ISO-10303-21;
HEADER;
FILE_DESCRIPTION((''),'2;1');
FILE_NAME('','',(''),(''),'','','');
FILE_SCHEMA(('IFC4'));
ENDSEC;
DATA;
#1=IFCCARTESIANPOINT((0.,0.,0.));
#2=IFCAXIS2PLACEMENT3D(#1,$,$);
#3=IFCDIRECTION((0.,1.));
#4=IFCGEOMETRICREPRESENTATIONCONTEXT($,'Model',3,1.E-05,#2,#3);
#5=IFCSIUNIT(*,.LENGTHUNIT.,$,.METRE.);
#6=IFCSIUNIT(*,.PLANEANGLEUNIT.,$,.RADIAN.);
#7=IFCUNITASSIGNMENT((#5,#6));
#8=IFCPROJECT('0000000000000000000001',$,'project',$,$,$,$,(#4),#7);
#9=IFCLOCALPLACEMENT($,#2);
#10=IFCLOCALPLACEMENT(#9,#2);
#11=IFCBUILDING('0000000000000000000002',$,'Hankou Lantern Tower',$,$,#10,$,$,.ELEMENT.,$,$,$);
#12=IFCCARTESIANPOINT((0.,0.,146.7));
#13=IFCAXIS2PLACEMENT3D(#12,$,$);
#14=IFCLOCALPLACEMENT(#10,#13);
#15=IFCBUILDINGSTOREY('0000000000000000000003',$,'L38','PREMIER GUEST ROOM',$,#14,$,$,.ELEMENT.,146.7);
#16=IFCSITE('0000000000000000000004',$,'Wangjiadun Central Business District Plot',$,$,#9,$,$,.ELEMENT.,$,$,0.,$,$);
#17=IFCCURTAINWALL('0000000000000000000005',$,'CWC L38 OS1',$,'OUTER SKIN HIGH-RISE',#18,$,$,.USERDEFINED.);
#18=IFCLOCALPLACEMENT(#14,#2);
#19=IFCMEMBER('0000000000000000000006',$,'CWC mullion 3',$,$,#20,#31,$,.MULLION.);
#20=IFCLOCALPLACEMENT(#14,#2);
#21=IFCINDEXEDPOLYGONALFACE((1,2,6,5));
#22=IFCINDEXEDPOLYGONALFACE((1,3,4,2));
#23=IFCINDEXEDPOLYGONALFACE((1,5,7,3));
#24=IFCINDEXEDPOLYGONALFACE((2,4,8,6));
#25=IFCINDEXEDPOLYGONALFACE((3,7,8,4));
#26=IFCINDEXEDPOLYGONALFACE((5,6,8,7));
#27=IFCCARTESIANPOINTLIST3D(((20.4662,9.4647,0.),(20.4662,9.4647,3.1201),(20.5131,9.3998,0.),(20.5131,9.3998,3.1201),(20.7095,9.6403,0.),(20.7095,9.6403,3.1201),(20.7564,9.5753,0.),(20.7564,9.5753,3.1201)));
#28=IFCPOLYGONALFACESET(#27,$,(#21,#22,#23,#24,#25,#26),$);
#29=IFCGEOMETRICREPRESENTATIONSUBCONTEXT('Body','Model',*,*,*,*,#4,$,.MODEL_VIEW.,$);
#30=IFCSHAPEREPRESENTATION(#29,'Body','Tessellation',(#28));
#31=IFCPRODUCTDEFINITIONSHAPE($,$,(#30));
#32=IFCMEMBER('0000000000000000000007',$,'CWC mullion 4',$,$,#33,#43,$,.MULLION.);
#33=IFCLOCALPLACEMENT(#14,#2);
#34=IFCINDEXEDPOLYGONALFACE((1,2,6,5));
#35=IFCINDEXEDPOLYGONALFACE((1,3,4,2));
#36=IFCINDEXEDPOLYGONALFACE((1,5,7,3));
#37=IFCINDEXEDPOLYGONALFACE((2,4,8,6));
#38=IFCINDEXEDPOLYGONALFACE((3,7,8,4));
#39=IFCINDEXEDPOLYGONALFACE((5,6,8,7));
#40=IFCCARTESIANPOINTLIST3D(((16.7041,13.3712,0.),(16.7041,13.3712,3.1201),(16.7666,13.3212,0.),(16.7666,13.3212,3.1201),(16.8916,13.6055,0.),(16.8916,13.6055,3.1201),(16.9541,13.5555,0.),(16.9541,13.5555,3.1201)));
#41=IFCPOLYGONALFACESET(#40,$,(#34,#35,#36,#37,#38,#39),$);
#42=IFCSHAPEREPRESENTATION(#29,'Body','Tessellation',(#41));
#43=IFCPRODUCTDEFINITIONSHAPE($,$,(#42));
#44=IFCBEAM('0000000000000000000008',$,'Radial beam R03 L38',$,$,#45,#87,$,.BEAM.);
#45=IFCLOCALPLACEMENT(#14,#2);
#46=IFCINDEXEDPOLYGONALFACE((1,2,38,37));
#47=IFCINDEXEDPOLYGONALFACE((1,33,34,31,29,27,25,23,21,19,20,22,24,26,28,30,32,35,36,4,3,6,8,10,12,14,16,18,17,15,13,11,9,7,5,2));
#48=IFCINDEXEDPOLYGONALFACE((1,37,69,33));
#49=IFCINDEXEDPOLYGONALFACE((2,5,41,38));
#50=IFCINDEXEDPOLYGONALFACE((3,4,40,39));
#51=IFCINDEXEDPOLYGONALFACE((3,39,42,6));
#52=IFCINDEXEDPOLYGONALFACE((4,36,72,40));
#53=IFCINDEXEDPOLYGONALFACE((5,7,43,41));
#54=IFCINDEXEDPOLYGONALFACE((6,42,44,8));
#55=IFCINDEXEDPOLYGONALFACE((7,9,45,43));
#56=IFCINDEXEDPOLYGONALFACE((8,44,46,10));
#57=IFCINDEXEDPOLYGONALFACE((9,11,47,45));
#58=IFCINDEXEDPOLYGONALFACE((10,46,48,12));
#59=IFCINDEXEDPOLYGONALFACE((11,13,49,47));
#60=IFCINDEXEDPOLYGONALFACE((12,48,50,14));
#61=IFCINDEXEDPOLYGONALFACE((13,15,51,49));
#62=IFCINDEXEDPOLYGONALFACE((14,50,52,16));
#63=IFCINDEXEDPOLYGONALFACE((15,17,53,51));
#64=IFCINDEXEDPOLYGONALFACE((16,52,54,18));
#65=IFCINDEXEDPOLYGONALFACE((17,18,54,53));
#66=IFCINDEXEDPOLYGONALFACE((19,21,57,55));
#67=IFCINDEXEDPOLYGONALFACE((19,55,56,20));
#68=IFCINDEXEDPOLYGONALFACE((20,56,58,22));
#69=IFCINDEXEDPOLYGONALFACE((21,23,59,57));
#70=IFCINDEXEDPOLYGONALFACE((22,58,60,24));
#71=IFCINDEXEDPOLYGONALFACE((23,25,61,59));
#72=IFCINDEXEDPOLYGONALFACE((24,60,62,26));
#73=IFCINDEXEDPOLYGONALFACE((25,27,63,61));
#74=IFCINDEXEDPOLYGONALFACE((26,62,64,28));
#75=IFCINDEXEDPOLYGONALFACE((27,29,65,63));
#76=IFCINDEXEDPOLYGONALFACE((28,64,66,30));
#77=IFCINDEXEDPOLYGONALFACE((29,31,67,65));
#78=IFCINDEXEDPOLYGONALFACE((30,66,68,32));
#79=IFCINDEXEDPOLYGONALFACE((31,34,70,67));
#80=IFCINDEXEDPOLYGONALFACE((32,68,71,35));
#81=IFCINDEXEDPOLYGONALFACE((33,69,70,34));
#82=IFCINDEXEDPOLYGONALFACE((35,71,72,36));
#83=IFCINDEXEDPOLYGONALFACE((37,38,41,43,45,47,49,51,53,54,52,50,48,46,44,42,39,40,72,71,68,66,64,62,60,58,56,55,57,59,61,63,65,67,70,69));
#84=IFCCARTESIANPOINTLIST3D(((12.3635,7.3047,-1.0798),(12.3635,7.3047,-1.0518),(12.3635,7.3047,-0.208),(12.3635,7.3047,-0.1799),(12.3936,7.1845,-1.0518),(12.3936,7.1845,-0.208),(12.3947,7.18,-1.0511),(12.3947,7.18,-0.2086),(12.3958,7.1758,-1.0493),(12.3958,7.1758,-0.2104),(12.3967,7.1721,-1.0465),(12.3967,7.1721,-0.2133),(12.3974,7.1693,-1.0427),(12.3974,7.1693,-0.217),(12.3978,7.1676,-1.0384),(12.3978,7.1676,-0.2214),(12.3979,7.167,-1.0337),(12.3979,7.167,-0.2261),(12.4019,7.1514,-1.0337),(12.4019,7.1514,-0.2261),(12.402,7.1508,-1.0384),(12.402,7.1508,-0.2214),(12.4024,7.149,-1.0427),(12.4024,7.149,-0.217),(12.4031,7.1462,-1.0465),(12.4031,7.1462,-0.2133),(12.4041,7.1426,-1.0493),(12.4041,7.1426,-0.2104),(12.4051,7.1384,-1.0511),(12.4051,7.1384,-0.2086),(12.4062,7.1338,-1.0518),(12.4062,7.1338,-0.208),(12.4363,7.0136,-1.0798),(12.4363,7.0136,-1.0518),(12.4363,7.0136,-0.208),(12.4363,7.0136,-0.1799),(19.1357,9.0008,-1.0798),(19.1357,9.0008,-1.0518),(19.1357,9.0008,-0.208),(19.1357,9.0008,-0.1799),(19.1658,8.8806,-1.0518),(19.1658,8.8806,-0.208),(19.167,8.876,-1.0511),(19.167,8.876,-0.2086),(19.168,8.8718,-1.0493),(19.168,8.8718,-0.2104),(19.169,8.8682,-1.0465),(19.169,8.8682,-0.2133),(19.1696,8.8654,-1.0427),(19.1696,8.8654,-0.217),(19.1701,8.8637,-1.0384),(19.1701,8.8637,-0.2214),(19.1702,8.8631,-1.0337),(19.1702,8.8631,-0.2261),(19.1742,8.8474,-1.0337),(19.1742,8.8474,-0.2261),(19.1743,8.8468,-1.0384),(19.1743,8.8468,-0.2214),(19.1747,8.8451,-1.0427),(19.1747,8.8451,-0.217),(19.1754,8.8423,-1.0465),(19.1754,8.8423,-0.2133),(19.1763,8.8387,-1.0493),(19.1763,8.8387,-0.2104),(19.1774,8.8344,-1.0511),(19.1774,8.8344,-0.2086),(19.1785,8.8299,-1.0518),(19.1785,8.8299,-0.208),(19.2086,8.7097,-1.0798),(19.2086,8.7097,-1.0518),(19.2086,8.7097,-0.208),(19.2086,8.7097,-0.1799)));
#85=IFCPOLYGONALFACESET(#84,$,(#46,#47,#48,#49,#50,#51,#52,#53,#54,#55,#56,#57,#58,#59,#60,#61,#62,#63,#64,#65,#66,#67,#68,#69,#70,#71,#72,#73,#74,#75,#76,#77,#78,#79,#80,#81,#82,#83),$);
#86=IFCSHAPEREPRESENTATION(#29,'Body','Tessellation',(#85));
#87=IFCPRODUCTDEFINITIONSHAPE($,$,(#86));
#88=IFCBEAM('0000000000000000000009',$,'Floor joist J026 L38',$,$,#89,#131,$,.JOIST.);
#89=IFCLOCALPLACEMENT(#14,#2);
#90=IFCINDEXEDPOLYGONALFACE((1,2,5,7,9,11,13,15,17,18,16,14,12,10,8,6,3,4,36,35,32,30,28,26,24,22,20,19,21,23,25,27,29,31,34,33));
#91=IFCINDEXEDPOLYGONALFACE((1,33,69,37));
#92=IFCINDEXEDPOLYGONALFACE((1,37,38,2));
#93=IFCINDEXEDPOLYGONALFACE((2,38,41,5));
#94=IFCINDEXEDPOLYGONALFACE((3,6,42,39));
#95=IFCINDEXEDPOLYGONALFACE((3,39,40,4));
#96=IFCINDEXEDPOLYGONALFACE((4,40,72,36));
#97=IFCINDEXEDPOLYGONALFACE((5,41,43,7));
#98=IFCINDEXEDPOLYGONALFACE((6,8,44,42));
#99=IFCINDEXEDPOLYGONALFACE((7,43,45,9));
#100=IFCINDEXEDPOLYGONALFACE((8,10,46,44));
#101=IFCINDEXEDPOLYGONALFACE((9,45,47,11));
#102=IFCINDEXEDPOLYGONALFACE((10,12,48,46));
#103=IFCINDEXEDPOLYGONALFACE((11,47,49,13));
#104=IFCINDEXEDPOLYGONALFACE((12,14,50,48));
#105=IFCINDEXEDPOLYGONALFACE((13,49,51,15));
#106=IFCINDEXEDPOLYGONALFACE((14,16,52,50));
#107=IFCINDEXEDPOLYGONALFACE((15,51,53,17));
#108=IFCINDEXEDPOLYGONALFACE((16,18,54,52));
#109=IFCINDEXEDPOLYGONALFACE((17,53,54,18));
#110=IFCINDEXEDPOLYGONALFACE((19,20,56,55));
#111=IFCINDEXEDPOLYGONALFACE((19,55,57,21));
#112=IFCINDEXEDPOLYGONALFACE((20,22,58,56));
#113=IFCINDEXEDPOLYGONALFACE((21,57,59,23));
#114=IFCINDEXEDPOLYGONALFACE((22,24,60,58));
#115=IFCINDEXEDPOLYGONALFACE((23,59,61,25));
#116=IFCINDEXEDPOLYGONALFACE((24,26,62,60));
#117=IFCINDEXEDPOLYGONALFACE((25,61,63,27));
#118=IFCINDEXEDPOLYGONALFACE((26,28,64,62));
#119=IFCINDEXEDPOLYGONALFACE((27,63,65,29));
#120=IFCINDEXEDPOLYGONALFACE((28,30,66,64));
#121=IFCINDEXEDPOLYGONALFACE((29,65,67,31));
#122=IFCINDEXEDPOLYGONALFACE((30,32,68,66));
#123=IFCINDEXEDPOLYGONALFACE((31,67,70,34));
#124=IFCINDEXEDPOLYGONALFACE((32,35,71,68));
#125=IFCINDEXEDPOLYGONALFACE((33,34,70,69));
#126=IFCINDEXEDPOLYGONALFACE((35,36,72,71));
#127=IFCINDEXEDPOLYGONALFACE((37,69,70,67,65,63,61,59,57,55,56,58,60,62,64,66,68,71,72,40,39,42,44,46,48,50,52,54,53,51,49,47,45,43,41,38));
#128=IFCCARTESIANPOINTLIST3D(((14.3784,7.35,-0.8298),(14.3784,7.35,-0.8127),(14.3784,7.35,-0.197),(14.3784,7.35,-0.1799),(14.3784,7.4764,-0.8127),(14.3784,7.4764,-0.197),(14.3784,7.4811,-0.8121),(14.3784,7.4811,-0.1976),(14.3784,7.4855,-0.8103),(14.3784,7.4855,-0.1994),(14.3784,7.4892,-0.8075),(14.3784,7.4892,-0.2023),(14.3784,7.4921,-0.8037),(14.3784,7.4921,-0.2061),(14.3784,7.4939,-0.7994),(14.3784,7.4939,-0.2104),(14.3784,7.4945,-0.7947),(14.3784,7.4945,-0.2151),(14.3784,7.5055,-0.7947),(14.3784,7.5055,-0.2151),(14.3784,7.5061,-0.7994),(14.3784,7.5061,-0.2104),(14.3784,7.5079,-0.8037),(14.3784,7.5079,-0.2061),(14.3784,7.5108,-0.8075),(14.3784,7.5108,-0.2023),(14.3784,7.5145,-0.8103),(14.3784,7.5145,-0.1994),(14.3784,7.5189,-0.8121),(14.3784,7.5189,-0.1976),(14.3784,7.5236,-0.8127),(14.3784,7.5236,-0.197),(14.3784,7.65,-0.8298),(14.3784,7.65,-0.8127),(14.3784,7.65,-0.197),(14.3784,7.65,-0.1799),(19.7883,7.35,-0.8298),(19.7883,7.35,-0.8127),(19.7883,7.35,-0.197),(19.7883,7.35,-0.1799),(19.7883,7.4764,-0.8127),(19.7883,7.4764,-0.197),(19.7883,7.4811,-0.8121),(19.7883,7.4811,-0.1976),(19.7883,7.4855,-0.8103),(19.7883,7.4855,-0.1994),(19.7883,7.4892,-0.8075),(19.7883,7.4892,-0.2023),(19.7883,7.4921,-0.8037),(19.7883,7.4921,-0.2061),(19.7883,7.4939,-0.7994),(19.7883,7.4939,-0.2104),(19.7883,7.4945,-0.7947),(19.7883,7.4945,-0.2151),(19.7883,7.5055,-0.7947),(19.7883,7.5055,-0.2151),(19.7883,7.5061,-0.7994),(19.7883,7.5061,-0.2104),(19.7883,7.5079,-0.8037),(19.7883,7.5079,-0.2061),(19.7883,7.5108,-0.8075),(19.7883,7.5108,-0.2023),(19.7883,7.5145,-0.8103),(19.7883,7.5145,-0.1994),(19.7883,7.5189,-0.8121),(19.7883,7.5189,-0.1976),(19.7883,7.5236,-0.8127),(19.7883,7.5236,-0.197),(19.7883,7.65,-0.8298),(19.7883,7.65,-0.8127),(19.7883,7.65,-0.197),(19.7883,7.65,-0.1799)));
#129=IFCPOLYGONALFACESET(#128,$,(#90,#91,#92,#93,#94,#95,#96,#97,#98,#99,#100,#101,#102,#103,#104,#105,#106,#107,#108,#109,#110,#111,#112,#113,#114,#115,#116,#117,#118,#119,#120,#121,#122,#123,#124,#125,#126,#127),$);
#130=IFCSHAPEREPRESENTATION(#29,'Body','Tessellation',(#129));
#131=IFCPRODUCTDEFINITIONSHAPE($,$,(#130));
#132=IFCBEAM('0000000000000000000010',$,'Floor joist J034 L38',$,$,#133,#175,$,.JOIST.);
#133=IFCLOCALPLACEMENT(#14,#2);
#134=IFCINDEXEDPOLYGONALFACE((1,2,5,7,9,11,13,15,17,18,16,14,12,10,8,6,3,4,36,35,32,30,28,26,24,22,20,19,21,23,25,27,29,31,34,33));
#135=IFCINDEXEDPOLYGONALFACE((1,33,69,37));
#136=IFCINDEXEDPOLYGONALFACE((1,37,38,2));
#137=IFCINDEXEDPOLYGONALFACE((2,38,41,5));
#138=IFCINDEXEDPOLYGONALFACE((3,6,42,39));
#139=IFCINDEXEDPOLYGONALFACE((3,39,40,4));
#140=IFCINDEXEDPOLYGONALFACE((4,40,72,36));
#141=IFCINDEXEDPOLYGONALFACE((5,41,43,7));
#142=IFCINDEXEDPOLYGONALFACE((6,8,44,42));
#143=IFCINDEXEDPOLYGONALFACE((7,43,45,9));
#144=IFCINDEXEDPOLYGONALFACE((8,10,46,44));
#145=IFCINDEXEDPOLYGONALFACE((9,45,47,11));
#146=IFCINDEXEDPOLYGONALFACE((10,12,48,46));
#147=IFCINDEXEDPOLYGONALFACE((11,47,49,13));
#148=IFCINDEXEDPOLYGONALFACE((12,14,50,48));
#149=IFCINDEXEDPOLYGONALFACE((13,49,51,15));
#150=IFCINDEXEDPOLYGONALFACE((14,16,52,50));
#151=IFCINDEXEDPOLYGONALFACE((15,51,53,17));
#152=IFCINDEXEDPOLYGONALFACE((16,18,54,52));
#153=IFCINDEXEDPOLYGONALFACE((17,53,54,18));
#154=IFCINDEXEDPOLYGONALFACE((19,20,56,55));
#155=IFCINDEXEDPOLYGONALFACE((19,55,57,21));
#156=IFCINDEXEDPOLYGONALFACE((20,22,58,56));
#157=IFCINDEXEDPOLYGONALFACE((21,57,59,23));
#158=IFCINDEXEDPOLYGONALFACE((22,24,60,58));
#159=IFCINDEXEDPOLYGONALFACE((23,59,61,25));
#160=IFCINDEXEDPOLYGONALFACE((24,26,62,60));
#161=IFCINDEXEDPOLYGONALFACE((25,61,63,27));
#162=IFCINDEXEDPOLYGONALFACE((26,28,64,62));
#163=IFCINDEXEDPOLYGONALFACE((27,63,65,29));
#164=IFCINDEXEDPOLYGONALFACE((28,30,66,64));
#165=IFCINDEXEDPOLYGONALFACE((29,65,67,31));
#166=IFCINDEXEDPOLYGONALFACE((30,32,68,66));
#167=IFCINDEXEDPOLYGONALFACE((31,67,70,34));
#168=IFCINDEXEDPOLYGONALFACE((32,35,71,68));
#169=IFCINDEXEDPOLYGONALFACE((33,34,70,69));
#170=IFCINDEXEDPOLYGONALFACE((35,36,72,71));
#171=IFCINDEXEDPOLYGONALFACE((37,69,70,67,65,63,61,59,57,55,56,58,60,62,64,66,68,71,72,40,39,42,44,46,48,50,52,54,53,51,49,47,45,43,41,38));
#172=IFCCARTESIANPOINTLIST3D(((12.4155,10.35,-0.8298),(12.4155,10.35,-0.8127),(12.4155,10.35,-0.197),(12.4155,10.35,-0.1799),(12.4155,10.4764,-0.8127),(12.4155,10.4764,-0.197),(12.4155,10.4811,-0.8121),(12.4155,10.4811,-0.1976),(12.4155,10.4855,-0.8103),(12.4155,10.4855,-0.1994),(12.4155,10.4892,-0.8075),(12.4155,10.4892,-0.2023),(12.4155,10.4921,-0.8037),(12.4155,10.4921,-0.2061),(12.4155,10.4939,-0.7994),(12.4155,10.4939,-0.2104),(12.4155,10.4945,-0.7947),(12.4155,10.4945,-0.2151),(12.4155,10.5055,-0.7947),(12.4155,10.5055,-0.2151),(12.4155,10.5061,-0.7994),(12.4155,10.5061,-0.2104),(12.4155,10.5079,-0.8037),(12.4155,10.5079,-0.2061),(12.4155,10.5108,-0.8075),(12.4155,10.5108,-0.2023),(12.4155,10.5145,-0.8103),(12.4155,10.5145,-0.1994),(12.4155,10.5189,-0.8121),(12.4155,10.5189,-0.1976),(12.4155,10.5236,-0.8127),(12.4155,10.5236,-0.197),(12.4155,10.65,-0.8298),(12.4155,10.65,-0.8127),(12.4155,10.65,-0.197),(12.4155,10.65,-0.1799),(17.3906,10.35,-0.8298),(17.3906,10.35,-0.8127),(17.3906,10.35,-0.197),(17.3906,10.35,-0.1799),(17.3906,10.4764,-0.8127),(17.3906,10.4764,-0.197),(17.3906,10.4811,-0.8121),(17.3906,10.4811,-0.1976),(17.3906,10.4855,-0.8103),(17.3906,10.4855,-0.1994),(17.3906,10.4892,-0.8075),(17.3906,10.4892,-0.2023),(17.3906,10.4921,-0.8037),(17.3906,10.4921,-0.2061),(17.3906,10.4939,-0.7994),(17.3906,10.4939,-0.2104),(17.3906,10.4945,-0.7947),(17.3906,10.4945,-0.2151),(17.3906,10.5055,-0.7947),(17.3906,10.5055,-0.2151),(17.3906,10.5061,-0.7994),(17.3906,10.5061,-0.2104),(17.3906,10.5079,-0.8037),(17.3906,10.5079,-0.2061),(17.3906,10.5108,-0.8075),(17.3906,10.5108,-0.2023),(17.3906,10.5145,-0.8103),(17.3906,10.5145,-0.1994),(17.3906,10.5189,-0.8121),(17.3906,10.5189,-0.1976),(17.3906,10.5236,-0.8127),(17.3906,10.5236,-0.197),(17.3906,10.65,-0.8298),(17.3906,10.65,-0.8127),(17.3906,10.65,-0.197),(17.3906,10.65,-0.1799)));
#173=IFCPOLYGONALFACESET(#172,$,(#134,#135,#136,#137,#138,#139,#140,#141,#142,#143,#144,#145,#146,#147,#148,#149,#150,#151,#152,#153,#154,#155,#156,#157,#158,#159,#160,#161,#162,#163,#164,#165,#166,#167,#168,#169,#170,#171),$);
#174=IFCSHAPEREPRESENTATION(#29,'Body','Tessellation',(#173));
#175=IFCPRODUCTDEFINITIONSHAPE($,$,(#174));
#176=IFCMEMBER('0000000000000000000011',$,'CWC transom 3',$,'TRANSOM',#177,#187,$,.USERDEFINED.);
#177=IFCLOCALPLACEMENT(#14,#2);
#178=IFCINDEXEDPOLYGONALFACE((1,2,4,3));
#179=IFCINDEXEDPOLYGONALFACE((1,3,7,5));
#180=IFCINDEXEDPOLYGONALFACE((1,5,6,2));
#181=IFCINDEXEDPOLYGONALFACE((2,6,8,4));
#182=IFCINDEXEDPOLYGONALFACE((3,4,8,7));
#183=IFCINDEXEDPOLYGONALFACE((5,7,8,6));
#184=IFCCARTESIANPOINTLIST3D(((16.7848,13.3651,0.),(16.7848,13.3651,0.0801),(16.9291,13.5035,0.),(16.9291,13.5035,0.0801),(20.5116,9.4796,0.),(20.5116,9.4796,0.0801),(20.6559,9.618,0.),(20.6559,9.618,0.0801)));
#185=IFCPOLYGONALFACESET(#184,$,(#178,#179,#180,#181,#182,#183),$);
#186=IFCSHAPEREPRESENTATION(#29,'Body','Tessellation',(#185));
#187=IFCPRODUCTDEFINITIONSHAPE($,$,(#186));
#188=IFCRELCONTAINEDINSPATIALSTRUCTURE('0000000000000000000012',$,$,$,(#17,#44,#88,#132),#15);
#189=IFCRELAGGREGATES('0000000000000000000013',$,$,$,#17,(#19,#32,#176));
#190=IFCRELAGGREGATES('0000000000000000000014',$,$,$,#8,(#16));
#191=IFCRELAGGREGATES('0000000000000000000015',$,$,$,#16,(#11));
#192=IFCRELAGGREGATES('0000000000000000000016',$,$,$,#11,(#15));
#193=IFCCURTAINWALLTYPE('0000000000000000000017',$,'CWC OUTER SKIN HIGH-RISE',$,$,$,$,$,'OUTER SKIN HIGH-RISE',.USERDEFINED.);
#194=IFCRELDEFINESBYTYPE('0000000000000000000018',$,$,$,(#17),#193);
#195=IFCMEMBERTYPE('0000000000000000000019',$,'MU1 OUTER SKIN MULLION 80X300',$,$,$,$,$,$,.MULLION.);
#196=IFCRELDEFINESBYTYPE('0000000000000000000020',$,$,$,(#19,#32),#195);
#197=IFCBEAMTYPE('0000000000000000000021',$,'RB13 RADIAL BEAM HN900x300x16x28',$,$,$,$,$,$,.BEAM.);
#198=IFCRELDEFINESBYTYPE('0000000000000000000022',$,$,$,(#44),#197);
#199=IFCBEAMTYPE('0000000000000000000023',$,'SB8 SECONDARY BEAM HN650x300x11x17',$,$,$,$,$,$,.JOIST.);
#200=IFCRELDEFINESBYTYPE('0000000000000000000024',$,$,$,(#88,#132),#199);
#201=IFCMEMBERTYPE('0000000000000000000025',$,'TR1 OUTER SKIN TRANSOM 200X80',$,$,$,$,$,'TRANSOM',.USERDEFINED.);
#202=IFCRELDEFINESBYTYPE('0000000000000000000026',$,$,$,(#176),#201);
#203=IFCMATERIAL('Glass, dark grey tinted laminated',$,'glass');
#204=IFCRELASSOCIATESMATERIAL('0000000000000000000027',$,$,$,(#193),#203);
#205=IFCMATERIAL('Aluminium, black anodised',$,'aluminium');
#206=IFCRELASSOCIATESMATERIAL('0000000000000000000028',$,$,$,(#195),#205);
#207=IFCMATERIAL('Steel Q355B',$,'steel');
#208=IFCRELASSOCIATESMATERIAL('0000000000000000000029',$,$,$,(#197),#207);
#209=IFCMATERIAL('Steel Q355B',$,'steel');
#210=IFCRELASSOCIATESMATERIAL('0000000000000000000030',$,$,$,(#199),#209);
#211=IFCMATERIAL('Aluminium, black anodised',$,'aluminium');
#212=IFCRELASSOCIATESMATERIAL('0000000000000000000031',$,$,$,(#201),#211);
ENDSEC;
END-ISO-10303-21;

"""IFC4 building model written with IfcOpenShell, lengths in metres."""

from ifc_helpers import new_model, si_unit, direction, frame, origin, origin_2d, place, context, subcontext, project, spatial, rectangle, i_section, extrude, material, material_profile, profile_set, type_object, element, aggregate, save


model = new_model("IFC4")

# Units and contexts
model_context = context("Model", 3, precision=1e-05, world=origin(), true_north=direction((0.0, 1.0)))
body_context = subcontext(model_context, "Body", "Model", "MODEL_VIEW")
ifc_project = project(units=[si_unit("LENGTHUNIT", "METRE"), si_unit("PLANEANGLEUNIT", "RADIAN")], contexts=[model_context])

# Site, building, storey
site_placement = place(None, origin())
site = spatial("IfcSite", under=ifc_project, at=site_placement, Name="Wangjiadun Central Business District Plot", CompositionType="ELEMENT", RefElevation=0.0)
building_placement = place(site_placement, origin())
building = spatial("IfcBuilding", under=site, at=building_placement, Name="Hankou Lantern Tower", CompositionType="ELEMENT")
storey_placement = place(building_placement, frame((0.0, 0.0, 146.7)))
storey = spatial("IfcBuildingStorey", under=building, at=storey_placement, Name="L38", Description="PREMIER GUEST ROOM", CompositionType="ELEMENT", Elevation=146.7)

# Curtain wall, members
ifc_material_1 = material(Name="Glass, dark grey tinted laminated", Category="glass")
curtain_wall_type = type_object("IfcCurtainWallType", Name="CWC OUTER SKIN HIGH-RISE", ElementType="OUTER SKIN HIGH-RISE", PredefinedType="USERDEFINED", material=ifc_material_1)
curtain_wall_placement = place(storey_placement, origin())
curtain_wall = element("IfcCurtainWall", 1, at=curtain_wall_placement, inside=storey, type_object=curtain_wall_type, Name="CWC L38 OS1", ObjectType="OUTER SKIN HIGH-RISE", PredefinedType="USERDEFINED")
ifc_material_2 = material(Name="Aluminium, black anodised", Category="aluminium")
ifc_material_profile_1 = material_profile(ifc_material_2, rectangle(XDim=0.0801, YDim=0.3, at=origin_2d()), Name="MU1 80X300")
ifc_profile_set_1 = profile_set([ifc_material_profile_1], Name="Aluminium, black anodised")
member_type_1 = type_object("IfcMemberType", Name="MU1 OUTER SKIN MULLION 80X300", PredefinedType="MULLION", material=ifc_profile_set_1)
member_1_placement = place(storey_placement, frame((20.6113, 9.52, 0.0), z_axis=(0.0, 0.0, 1.0), x_axis=(-0.585206, 0.810885, 0.0)))
member_1 = element("IfcMember", 2, at=member_1_placement, type_object=member_type_1, Name="CWC mullion 3", PredefinedType="MULLION", context=body_context, shape_type="SweptSolid", body=[
    extrude(rectangle(XDim=0.0801, YDim=0.3, at=origin_2d()), origin(), (0.0, 0.0, 1.0), 3.1201),
])
member_2_placement = place(storey_placement, frame((16.8291, 13.4634, 0.0), z_axis=(0.0, 0.0, 1.0), x_axis=(-0.780869, 0.624695, 0.0)))
member_2 = element("IfcMember", 3, at=member_2_placement, type_object=member_type_1, Name="CWC mullion 4", PredefinedType="MULLION", context=body_context, shape_type="SweptSolid", body=[
    extrude(rectangle(XDim=0.0801, YDim=0.3, at=origin_2d()), origin(), (0.0, 0.0, 1.0), 3.1201),
])

# Beams
ifc_material_3 = material(Name="Steel Q355B", Category="steel")
ifc_material_profile_2 = material_profile(ifc_material_3, i_section(OverallWidth=0.3, OverallDepth=0.8999, WebThickness=0.0161, FlangeThickness=0.0281, FilletRadius=0.0181, at=origin_2d()), Name="HN900x300x16x28")
ifc_profile_set_2 = profile_set([ifc_material_profile_2], Name="Steel Q355B")
beam_type_1 = type_object("IfcBeamType", Name="RB13 RADIAL BEAM HN900x300x16x28", PredefinedType="BEAM", material=ifc_profile_set_2)
beam_1_placement = place(storey_placement, frame((12.3999, 7.1592, -0.6299), z_axis=(0.970042, 0.242939, 0.0), x_axis=(-0.242939, 0.970042, 0.0)))
element("IfcBeam", 4, at=beam_1_placement, inside=storey, type_object=beam_type_1, Name="Radial beam R03 L38", PredefinedType="BEAM", context=body_context, shape_type="SweptSolid", body=[
    extrude(i_section(OverallWidth=0.3, OverallDepth=0.8999, WebThickness=0.0161, FlangeThickness=0.0281, FilletRadius=0.0181, at=origin_2d()), origin(), (0.0, 0.0, 1.0), 6.9814),
])
ifc_material_4 = material(Name="Steel Q355B", Category="steel")
ifc_material_profile_3 = material_profile(ifc_material_4, i_section(OverallWidth=0.3, OverallDepth=0.6499, WebThickness=0.011, FlangeThickness=0.0171, FilletRadius=0.0181, at=origin_2d()), Name="HN650x300x11x17")
ifc_profile_set_3 = profile_set([ifc_material_profile_3], Name="Steel Q355B")
beam_type_2 = type_object("IfcBeamType", Name="SB8 SECONDARY BEAM HN650x300x11x17", PredefinedType="JOIST", material=ifc_profile_set_3)
beam_2_placement = place(storey_placement, frame((14.3784, 7.5, -0.5049), z_axis=(1.0, 0.0, 0.0), x_axis=(0.0, 1.0, 0.0)))
element("IfcBeam", 5, at=beam_2_placement, inside=storey, type_object=beam_type_2, Name="Floor joist J026 L38", PredefinedType="JOIST", context=body_context, shape_type="SweptSolid", body=[
    extrude(i_section(OverallWidth=0.3, OverallDepth=0.6499, WebThickness=0.011, FlangeThickness=0.0171, FilletRadius=0.0181, at=origin_2d()), origin(), (0.0, 0.0, 1.0), 5.4099),
])
beam_3_placement = place(storey_placement, frame((12.4155, 10.5, -0.5049), z_axis=(1.0, 0.0, 0.0), x_axis=(0.0, 1.0, 0.0)))
element("IfcBeam", 6, at=beam_3_placement, inside=storey, type_object=beam_type_2, Name="Floor joist J034 L38", PredefinedType="JOIST", context=body_context, shape_type="SweptSolid", body=[
    extrude(i_section(OverallWidth=0.3, OverallDepth=0.6499, WebThickness=0.011, FlangeThickness=0.0171, FilletRadius=0.0181, at=origin_2d()), origin(), (0.0, 0.0, 1.0), 4.9751),
])

# Member
ifc_material_5 = material(Name="Aluminium, black anodised", Category="aluminium")
ifc_material_profile_4 = material_profile(ifc_material_5, rectangle(XDim=0.2, YDim=0.0801, at=origin_2d()), Name="TR1 200X80")
ifc_profile_set_4 = profile_set([ifc_material_profile_4], Name="Aluminium, black anodised")
member_type_2 = type_object("IfcMemberType", Name="TR1 OUTER SKIN TRANSOM 200X80", ElementType="TRANSOM", PredefinedType="USERDEFINED", material=ifc_profile_set_4)
member_3_placement = place(storey_placement, frame((20.5837, 9.5488, 0.04), z_axis=(-0.692216, 0.721691, 0.0), x_axis=(-0.721691, -0.692216, 0.0)))
member_3 = element("IfcMember", 7, at=member_3_placement, type_object=member_type_2, Name="CWC transom 3", ObjectType="TRANSOM", PredefinedType="USERDEFINED", context=body_context, shape_type="SweptSolid", body=[
    extrude(rectangle(XDim=0.2, YDim=0.0801, at=origin_2d()), origin(), (0.0, 0.0, 1.0), 5.3838),
])

aggregate(curtain_wall, [member_1, member_2, member_3])

save(model, "model.ifc")
